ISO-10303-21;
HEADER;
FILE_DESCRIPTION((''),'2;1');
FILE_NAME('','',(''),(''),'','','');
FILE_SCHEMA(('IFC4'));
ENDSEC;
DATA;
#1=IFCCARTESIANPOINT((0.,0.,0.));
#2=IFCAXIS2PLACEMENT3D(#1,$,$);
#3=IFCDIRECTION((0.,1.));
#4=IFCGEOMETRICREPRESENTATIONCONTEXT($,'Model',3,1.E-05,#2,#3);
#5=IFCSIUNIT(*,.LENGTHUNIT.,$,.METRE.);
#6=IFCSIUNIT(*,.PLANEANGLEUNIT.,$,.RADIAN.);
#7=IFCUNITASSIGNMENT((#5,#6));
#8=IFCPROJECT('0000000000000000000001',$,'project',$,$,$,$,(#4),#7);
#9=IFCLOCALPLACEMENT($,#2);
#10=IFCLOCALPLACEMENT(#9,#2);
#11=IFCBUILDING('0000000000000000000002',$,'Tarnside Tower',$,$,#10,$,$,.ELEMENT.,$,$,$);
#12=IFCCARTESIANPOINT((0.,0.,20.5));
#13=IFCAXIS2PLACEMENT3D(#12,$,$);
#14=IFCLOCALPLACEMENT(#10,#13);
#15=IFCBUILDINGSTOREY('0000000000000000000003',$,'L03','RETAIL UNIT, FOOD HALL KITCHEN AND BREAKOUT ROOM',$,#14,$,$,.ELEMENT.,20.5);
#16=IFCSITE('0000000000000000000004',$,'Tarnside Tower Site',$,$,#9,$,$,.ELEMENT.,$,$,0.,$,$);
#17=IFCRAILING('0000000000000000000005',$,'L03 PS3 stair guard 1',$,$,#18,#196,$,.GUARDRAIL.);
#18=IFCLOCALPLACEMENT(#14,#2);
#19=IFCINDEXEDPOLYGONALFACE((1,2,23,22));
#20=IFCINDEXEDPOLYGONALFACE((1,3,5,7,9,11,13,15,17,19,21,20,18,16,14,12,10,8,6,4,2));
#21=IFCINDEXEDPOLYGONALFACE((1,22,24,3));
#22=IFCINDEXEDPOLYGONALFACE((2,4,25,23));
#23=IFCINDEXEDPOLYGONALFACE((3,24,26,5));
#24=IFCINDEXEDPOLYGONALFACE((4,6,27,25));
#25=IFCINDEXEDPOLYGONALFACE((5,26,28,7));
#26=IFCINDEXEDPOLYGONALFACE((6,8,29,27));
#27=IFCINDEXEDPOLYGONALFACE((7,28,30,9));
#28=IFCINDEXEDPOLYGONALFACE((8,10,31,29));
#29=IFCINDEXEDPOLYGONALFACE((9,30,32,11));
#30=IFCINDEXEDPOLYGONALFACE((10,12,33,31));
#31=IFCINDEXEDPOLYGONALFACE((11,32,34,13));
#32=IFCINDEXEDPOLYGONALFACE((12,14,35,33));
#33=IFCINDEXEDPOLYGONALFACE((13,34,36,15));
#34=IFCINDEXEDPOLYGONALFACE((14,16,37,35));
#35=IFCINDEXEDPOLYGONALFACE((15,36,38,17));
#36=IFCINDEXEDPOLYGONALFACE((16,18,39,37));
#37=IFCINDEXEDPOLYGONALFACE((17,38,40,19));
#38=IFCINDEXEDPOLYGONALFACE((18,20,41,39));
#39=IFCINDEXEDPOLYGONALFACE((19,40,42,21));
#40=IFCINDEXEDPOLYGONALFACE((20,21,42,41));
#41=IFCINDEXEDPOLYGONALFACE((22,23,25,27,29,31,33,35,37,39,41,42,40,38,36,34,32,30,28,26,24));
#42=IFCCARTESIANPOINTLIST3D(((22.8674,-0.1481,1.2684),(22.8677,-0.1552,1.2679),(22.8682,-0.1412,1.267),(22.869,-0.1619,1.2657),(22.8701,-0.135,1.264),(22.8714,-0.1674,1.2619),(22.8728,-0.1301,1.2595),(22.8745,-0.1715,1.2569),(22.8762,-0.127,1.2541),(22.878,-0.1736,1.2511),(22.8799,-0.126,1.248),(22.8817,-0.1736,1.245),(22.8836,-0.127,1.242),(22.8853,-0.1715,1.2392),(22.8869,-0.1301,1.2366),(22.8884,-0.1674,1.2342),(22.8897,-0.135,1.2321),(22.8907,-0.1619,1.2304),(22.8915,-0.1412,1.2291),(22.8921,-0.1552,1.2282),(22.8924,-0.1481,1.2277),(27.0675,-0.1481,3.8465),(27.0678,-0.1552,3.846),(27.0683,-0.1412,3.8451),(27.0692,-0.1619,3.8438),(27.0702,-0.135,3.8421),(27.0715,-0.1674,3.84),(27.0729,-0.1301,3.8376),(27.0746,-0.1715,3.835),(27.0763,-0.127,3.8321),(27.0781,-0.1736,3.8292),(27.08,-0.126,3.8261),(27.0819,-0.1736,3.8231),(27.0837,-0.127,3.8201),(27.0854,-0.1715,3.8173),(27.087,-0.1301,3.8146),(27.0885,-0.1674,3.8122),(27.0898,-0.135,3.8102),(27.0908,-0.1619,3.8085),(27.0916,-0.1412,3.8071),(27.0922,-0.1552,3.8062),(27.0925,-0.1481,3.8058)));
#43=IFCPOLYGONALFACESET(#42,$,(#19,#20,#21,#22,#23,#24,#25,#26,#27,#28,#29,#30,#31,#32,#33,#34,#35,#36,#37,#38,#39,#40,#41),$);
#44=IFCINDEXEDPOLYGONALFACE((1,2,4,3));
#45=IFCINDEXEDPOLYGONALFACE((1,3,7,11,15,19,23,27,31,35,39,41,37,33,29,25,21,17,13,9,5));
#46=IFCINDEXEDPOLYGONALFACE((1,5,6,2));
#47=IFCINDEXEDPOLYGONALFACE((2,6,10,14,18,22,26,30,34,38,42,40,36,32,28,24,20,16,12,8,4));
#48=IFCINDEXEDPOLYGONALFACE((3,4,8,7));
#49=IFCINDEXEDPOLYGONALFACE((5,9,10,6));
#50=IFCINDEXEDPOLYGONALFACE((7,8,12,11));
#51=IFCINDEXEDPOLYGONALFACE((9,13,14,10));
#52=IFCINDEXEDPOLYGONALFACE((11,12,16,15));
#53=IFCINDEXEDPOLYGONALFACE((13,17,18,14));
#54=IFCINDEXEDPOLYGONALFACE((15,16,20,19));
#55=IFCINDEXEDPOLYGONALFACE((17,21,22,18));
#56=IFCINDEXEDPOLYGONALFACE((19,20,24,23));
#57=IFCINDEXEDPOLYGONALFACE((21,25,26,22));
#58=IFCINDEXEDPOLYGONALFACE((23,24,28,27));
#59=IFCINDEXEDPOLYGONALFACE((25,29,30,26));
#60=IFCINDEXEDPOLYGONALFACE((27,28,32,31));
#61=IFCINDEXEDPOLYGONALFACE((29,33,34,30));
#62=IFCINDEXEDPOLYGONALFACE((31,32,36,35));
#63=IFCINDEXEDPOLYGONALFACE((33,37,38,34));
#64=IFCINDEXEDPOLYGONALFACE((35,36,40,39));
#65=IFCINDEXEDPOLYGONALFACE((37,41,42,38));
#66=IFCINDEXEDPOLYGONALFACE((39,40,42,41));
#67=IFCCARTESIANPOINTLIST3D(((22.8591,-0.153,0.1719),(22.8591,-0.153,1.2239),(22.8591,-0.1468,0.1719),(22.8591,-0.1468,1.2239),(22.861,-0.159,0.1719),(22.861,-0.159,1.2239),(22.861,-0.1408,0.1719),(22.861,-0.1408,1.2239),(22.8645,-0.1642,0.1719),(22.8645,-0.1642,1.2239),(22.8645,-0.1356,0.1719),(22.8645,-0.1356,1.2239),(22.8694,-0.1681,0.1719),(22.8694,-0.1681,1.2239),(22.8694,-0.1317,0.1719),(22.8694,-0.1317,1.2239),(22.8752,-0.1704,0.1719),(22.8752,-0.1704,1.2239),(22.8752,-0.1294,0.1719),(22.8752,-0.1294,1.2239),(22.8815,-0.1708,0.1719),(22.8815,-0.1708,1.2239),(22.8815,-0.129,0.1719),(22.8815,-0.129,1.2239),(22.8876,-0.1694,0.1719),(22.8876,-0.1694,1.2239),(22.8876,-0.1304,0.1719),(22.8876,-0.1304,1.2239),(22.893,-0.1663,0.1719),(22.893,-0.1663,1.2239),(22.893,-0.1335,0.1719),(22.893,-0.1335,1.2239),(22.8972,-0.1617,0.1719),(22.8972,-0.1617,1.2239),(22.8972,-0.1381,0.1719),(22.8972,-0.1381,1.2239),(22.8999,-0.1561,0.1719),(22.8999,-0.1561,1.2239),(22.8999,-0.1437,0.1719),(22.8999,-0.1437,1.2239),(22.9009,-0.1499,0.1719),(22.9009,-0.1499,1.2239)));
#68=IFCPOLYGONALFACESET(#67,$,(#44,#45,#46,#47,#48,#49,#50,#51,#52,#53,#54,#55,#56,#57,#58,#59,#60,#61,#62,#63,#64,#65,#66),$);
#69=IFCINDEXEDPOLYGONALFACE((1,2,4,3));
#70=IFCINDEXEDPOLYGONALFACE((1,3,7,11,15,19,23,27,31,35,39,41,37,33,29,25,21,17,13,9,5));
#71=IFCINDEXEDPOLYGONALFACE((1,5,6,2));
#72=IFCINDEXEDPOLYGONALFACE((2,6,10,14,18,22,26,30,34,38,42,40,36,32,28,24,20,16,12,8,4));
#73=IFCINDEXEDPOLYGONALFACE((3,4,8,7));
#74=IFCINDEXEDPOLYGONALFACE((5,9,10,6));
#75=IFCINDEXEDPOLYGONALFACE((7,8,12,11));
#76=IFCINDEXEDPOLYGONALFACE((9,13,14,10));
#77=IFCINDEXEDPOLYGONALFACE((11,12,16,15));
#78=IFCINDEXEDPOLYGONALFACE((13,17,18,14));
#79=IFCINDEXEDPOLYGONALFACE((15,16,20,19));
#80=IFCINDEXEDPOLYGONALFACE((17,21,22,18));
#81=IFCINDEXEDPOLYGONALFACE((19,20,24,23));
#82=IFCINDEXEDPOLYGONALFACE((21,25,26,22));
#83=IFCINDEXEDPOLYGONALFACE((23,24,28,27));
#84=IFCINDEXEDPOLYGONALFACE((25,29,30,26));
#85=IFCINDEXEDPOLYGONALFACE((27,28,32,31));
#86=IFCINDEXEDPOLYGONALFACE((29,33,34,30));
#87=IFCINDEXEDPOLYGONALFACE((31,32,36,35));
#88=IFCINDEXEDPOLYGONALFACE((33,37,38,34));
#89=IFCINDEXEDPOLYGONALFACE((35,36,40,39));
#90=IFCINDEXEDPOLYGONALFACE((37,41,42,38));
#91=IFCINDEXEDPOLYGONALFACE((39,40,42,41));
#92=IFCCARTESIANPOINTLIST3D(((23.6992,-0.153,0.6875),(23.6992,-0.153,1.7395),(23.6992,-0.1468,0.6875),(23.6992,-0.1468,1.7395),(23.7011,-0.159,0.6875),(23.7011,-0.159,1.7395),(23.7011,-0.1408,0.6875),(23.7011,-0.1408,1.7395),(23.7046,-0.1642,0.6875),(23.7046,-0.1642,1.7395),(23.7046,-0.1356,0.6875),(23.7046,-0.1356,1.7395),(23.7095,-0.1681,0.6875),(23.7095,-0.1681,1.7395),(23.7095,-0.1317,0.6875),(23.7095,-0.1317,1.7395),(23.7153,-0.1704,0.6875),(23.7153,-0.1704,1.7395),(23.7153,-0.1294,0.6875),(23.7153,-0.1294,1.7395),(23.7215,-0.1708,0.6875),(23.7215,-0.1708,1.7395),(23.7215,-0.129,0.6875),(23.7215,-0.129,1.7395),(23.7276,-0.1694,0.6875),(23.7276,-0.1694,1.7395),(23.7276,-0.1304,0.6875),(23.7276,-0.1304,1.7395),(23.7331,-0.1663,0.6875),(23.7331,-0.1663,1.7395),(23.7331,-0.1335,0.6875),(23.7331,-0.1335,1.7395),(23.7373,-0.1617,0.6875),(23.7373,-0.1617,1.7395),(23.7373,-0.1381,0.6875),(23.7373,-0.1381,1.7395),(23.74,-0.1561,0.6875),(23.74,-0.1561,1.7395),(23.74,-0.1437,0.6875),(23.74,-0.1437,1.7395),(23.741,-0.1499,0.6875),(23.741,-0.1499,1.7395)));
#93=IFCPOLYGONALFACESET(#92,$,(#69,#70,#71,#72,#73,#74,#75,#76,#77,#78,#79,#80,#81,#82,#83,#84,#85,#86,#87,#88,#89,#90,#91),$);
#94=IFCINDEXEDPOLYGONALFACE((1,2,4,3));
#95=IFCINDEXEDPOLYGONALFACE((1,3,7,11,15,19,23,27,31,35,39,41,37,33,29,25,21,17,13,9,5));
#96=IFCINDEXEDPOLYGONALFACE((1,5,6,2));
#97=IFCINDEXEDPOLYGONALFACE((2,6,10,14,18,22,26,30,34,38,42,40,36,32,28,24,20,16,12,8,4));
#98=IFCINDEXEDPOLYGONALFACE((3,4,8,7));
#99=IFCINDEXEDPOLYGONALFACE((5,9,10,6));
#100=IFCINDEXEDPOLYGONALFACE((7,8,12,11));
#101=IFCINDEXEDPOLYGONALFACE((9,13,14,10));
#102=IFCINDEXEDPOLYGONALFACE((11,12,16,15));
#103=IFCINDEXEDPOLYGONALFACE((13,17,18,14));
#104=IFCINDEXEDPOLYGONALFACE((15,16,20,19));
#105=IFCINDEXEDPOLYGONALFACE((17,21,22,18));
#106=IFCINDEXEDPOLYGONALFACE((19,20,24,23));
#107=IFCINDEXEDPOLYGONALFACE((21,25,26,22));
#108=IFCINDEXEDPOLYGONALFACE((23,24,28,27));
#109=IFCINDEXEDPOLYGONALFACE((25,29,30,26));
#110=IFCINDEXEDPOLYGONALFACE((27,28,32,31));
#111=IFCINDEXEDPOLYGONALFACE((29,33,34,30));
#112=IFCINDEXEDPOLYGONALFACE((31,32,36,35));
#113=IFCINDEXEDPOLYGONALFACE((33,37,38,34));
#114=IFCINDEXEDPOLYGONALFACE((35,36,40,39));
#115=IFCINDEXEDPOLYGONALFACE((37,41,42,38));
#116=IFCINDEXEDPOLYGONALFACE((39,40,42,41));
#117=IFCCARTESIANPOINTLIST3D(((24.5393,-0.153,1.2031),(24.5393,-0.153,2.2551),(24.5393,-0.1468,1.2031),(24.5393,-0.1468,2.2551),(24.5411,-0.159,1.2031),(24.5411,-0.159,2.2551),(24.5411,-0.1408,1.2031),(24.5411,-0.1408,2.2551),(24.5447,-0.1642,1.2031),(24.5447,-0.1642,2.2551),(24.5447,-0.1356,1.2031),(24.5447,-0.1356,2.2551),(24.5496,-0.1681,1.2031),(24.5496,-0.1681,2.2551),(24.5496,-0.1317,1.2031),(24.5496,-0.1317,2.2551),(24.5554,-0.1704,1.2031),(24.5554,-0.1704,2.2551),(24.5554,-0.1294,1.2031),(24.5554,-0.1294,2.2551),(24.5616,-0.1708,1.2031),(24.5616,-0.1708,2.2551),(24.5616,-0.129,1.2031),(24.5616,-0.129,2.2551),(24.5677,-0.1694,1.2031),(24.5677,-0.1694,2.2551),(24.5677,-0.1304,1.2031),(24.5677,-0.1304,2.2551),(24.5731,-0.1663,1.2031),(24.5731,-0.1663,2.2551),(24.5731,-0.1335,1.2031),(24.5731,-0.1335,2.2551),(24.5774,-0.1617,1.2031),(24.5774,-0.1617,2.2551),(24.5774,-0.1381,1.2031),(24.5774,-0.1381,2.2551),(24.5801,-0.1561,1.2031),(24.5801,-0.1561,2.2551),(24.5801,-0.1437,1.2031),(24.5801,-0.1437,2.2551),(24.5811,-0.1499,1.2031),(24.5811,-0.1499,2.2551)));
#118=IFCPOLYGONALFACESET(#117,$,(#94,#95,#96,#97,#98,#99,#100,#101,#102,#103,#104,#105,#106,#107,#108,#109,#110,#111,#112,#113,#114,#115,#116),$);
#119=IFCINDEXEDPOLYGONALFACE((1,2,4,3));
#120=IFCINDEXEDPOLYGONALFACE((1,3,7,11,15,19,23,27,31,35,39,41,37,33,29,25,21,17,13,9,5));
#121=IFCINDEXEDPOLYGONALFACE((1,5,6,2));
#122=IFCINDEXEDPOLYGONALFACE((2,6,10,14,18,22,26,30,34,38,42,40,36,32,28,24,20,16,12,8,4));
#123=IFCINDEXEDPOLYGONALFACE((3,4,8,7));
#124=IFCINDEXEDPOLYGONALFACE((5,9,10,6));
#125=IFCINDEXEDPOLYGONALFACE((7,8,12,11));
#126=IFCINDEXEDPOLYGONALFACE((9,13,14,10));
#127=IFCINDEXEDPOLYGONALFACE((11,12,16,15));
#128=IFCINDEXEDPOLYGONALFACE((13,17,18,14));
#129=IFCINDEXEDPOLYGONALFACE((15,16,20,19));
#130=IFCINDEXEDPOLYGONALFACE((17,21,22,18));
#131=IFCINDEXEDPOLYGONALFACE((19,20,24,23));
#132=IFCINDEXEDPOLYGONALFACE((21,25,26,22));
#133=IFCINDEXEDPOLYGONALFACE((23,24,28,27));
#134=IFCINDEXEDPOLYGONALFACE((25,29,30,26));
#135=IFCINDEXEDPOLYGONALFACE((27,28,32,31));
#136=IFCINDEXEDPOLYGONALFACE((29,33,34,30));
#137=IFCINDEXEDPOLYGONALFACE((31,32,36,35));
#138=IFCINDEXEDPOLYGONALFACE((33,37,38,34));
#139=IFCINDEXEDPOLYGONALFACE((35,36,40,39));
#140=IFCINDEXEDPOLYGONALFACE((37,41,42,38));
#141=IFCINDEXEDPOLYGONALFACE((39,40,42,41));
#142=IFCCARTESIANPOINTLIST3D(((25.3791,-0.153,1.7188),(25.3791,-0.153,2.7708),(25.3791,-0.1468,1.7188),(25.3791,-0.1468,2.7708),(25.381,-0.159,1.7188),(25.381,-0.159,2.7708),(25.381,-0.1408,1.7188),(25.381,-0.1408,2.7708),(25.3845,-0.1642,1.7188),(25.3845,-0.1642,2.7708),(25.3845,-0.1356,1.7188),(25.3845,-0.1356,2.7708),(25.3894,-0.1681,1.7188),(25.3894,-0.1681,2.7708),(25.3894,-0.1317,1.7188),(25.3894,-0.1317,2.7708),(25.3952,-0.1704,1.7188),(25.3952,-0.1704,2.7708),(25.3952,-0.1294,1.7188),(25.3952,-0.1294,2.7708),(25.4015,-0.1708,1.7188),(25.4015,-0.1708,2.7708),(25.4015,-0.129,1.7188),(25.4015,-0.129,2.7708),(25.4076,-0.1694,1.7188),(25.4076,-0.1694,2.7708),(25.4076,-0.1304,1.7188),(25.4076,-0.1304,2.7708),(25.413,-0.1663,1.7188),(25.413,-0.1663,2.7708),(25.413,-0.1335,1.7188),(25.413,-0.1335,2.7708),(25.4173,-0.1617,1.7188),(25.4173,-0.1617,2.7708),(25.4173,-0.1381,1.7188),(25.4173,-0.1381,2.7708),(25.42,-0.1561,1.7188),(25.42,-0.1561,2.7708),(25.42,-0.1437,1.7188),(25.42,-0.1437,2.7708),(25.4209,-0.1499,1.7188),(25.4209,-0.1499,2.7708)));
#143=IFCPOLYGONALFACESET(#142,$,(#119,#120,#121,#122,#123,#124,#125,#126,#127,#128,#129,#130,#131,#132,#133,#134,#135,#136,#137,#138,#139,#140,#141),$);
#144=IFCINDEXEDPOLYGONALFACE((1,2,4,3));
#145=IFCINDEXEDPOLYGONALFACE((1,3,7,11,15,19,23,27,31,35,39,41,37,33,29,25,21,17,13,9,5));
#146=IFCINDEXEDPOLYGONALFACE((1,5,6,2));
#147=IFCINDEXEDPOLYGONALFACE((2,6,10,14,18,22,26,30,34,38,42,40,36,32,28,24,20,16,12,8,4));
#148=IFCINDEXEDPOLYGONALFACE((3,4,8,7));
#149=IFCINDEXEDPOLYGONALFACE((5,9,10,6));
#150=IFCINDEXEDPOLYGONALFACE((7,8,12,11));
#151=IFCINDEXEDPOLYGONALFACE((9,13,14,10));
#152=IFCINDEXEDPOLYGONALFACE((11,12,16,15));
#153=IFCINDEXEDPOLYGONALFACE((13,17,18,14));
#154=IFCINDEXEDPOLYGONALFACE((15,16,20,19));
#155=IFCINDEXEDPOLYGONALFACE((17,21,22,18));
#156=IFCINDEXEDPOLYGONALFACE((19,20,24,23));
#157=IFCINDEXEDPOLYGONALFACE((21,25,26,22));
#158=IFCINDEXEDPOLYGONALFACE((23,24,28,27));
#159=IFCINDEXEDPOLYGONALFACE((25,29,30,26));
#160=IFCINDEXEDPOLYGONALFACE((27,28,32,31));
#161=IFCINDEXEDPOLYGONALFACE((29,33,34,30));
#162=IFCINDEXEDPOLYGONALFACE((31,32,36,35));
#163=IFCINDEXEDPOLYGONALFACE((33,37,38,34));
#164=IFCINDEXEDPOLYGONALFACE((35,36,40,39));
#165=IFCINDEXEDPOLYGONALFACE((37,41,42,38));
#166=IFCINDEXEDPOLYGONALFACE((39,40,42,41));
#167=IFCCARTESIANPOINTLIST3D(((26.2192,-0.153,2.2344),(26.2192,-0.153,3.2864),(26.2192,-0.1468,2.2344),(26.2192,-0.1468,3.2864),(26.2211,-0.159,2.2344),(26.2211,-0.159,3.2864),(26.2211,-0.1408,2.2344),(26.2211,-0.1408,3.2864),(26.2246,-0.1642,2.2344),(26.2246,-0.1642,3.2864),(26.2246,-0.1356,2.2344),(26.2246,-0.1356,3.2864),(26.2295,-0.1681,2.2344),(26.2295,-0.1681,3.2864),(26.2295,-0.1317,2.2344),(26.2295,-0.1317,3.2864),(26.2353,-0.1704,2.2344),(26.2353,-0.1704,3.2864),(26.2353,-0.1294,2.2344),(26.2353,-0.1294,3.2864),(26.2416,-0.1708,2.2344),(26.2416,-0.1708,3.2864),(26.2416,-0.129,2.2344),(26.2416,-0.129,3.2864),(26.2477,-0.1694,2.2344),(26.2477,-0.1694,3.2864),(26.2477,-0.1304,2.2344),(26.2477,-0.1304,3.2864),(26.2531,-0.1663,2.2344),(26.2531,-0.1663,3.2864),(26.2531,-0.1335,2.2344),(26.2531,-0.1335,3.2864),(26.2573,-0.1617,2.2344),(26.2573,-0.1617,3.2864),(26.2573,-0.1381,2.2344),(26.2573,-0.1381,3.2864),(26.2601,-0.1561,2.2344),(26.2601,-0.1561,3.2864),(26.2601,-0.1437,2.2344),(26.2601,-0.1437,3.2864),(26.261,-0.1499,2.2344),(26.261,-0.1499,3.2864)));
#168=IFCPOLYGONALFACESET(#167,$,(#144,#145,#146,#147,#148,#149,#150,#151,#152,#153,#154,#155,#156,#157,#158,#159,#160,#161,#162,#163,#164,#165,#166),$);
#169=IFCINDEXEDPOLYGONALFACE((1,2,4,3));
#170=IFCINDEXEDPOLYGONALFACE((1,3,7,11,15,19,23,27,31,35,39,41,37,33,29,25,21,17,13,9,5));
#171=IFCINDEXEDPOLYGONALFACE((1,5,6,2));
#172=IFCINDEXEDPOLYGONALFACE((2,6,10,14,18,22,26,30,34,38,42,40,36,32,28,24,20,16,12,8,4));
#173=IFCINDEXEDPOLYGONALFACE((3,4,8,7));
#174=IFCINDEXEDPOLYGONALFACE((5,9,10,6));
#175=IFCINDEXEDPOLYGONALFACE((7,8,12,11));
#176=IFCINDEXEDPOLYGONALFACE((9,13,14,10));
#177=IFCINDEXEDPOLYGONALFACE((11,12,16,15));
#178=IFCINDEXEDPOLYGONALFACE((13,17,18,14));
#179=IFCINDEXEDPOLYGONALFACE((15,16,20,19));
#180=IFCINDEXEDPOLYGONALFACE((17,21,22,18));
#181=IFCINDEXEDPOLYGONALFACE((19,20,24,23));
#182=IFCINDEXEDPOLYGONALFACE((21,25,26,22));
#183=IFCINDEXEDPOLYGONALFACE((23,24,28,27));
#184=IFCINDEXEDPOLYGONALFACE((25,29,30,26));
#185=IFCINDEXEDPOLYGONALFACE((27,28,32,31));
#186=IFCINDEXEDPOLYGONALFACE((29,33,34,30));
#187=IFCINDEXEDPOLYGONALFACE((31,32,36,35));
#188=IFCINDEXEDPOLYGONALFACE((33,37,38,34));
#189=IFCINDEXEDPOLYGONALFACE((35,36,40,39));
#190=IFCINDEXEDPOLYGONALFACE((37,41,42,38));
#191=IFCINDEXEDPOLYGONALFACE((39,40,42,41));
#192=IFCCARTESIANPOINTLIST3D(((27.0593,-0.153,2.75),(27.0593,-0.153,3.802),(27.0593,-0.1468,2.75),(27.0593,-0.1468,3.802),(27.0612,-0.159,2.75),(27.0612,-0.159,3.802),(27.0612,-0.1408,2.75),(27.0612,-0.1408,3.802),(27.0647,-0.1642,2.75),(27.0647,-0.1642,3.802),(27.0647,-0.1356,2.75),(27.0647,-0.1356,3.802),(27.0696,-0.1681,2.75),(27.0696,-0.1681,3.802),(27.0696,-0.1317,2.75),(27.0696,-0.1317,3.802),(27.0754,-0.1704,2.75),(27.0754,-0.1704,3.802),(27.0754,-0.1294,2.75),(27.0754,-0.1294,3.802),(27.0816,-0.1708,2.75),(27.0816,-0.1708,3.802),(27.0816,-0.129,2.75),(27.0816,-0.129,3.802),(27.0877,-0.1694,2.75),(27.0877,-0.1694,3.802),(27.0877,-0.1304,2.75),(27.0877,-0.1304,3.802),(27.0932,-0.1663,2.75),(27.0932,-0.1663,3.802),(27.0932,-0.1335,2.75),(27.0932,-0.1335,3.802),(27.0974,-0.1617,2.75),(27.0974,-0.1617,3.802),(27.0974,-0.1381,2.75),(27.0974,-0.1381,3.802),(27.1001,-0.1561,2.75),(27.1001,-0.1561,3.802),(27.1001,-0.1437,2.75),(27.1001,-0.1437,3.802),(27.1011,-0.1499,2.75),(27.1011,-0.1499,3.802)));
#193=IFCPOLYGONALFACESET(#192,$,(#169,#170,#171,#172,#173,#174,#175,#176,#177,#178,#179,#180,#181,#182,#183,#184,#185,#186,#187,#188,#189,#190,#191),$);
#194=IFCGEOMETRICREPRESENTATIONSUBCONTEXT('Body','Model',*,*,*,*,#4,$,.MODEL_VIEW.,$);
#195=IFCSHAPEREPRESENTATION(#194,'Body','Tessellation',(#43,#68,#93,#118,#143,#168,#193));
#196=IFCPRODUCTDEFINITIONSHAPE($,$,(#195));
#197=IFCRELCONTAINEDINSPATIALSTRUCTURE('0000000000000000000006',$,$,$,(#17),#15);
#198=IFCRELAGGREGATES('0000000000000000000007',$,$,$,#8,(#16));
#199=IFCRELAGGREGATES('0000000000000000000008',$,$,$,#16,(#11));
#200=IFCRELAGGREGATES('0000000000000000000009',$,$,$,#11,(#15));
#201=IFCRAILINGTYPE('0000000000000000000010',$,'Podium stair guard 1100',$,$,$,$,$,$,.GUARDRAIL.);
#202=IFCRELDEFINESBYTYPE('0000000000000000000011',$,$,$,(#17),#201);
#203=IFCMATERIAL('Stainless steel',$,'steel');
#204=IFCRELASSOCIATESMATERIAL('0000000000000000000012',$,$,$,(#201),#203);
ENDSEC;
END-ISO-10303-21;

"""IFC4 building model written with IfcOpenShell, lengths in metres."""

from ifc_helpers import new_model, si_unit, direction, frame, origin, origin_2d, place, context, subcontext, project, spatial, circle, extrude, material, type_object, element, save


model = new_model("IFC4")

# Units and contexts
model_context = context("Model", 3, precision=1e-05, world=origin(), true_north=direction((0.0, 1.0)))
body_context = subcontext(model_context, "Body", "Model", "MODEL_VIEW")
ifc_project = project(units=[si_unit("LENGTHUNIT", "METRE"), si_unit("PLANEANGLEUNIT", "RADIAN")], contexts=[model_context])

# Site, building, storey
site_placement = place(None, origin())
site = spatial("IfcSite", under=ifc_project, at=site_placement, Name="Tarnside Tower Site", CompositionType="ELEMENT", RefElevation=0.0)
building_placement = place(site_placement, origin())
building = spatial("IfcBuilding", under=site, at=building_placement, Name="Tarnside Tower", CompositionType="ELEMENT")
storey_placement = place(building_placement, frame((0.0, 0.0, 20.5)))
storey = spatial("IfcBuildingStorey", under=building, at=storey_placement, Name="L03", Description="RETAIL UNIT, FOOD HALL KITCHEN AND BREAKOUT ROOM", CompositionType="ELEMENT", Elevation=20.5)

# Railing
ifc_material_1 = material(Name="Stainless steel", Category="steel")
railing_type_1 = type_object("IfcRailingType", Name="Podium stair guard 1100", PredefinedType="GUARDRAIL", material=ifc_material_1)
railing_1_placement = place(storey_placement, frame((22.8799, -0.1499, 0.1719)))
element("IfcRailing", 1, at=railing_1_placement, inside=storey, type_object=railing_type_1, Name="L03 PS3 stair guard 1", PredefinedType="GUARDRAIL", context=body_context, shape_type="SweptSolid", body=[
    extrude(circle(Radius=0.0239, at=origin_2d()), frame((0.0, 0.0, 1.0762), z_axis=(0.852256, 0.0, 0.523124), x_axis=(0.0, 1.0, 0.0)), (0.0, 0.0, 1.0), 4.9282),
    extrude(circle(Radius=0.021, at=origin_2d()), origin(), (0.0, 0.0, 1.0), 1.052),
    extrude(circle(Radius=0.021, at=origin_2d()), frame((0.8401, 0.0, 0.5156)), (0.0, 0.0, 1.0), 1.052),
    extrude(circle(Radius=0.021, at=origin_2d()), frame((1.6802, 0.0, 1.0312)), (0.0, 0.0, 1.0), 1.052),
    extrude(circle(Radius=0.021, at=origin_2d()), frame((2.52, 0.0, 1.5469)), (0.0, 0.0, 1.0), 1.052),
    extrude(circle(Radius=0.021, at=origin_2d()), frame((3.3601, 0.0, 2.0625)), (0.0, 0.0, 1.0), 1.052),
    extrude(circle(Radius=0.021, at=origin_2d()), frame((4.2002, 0.0, 2.5781)), (0.0, 0.0, 1.0), 1.052),
])

save(model, "model.ifc")
